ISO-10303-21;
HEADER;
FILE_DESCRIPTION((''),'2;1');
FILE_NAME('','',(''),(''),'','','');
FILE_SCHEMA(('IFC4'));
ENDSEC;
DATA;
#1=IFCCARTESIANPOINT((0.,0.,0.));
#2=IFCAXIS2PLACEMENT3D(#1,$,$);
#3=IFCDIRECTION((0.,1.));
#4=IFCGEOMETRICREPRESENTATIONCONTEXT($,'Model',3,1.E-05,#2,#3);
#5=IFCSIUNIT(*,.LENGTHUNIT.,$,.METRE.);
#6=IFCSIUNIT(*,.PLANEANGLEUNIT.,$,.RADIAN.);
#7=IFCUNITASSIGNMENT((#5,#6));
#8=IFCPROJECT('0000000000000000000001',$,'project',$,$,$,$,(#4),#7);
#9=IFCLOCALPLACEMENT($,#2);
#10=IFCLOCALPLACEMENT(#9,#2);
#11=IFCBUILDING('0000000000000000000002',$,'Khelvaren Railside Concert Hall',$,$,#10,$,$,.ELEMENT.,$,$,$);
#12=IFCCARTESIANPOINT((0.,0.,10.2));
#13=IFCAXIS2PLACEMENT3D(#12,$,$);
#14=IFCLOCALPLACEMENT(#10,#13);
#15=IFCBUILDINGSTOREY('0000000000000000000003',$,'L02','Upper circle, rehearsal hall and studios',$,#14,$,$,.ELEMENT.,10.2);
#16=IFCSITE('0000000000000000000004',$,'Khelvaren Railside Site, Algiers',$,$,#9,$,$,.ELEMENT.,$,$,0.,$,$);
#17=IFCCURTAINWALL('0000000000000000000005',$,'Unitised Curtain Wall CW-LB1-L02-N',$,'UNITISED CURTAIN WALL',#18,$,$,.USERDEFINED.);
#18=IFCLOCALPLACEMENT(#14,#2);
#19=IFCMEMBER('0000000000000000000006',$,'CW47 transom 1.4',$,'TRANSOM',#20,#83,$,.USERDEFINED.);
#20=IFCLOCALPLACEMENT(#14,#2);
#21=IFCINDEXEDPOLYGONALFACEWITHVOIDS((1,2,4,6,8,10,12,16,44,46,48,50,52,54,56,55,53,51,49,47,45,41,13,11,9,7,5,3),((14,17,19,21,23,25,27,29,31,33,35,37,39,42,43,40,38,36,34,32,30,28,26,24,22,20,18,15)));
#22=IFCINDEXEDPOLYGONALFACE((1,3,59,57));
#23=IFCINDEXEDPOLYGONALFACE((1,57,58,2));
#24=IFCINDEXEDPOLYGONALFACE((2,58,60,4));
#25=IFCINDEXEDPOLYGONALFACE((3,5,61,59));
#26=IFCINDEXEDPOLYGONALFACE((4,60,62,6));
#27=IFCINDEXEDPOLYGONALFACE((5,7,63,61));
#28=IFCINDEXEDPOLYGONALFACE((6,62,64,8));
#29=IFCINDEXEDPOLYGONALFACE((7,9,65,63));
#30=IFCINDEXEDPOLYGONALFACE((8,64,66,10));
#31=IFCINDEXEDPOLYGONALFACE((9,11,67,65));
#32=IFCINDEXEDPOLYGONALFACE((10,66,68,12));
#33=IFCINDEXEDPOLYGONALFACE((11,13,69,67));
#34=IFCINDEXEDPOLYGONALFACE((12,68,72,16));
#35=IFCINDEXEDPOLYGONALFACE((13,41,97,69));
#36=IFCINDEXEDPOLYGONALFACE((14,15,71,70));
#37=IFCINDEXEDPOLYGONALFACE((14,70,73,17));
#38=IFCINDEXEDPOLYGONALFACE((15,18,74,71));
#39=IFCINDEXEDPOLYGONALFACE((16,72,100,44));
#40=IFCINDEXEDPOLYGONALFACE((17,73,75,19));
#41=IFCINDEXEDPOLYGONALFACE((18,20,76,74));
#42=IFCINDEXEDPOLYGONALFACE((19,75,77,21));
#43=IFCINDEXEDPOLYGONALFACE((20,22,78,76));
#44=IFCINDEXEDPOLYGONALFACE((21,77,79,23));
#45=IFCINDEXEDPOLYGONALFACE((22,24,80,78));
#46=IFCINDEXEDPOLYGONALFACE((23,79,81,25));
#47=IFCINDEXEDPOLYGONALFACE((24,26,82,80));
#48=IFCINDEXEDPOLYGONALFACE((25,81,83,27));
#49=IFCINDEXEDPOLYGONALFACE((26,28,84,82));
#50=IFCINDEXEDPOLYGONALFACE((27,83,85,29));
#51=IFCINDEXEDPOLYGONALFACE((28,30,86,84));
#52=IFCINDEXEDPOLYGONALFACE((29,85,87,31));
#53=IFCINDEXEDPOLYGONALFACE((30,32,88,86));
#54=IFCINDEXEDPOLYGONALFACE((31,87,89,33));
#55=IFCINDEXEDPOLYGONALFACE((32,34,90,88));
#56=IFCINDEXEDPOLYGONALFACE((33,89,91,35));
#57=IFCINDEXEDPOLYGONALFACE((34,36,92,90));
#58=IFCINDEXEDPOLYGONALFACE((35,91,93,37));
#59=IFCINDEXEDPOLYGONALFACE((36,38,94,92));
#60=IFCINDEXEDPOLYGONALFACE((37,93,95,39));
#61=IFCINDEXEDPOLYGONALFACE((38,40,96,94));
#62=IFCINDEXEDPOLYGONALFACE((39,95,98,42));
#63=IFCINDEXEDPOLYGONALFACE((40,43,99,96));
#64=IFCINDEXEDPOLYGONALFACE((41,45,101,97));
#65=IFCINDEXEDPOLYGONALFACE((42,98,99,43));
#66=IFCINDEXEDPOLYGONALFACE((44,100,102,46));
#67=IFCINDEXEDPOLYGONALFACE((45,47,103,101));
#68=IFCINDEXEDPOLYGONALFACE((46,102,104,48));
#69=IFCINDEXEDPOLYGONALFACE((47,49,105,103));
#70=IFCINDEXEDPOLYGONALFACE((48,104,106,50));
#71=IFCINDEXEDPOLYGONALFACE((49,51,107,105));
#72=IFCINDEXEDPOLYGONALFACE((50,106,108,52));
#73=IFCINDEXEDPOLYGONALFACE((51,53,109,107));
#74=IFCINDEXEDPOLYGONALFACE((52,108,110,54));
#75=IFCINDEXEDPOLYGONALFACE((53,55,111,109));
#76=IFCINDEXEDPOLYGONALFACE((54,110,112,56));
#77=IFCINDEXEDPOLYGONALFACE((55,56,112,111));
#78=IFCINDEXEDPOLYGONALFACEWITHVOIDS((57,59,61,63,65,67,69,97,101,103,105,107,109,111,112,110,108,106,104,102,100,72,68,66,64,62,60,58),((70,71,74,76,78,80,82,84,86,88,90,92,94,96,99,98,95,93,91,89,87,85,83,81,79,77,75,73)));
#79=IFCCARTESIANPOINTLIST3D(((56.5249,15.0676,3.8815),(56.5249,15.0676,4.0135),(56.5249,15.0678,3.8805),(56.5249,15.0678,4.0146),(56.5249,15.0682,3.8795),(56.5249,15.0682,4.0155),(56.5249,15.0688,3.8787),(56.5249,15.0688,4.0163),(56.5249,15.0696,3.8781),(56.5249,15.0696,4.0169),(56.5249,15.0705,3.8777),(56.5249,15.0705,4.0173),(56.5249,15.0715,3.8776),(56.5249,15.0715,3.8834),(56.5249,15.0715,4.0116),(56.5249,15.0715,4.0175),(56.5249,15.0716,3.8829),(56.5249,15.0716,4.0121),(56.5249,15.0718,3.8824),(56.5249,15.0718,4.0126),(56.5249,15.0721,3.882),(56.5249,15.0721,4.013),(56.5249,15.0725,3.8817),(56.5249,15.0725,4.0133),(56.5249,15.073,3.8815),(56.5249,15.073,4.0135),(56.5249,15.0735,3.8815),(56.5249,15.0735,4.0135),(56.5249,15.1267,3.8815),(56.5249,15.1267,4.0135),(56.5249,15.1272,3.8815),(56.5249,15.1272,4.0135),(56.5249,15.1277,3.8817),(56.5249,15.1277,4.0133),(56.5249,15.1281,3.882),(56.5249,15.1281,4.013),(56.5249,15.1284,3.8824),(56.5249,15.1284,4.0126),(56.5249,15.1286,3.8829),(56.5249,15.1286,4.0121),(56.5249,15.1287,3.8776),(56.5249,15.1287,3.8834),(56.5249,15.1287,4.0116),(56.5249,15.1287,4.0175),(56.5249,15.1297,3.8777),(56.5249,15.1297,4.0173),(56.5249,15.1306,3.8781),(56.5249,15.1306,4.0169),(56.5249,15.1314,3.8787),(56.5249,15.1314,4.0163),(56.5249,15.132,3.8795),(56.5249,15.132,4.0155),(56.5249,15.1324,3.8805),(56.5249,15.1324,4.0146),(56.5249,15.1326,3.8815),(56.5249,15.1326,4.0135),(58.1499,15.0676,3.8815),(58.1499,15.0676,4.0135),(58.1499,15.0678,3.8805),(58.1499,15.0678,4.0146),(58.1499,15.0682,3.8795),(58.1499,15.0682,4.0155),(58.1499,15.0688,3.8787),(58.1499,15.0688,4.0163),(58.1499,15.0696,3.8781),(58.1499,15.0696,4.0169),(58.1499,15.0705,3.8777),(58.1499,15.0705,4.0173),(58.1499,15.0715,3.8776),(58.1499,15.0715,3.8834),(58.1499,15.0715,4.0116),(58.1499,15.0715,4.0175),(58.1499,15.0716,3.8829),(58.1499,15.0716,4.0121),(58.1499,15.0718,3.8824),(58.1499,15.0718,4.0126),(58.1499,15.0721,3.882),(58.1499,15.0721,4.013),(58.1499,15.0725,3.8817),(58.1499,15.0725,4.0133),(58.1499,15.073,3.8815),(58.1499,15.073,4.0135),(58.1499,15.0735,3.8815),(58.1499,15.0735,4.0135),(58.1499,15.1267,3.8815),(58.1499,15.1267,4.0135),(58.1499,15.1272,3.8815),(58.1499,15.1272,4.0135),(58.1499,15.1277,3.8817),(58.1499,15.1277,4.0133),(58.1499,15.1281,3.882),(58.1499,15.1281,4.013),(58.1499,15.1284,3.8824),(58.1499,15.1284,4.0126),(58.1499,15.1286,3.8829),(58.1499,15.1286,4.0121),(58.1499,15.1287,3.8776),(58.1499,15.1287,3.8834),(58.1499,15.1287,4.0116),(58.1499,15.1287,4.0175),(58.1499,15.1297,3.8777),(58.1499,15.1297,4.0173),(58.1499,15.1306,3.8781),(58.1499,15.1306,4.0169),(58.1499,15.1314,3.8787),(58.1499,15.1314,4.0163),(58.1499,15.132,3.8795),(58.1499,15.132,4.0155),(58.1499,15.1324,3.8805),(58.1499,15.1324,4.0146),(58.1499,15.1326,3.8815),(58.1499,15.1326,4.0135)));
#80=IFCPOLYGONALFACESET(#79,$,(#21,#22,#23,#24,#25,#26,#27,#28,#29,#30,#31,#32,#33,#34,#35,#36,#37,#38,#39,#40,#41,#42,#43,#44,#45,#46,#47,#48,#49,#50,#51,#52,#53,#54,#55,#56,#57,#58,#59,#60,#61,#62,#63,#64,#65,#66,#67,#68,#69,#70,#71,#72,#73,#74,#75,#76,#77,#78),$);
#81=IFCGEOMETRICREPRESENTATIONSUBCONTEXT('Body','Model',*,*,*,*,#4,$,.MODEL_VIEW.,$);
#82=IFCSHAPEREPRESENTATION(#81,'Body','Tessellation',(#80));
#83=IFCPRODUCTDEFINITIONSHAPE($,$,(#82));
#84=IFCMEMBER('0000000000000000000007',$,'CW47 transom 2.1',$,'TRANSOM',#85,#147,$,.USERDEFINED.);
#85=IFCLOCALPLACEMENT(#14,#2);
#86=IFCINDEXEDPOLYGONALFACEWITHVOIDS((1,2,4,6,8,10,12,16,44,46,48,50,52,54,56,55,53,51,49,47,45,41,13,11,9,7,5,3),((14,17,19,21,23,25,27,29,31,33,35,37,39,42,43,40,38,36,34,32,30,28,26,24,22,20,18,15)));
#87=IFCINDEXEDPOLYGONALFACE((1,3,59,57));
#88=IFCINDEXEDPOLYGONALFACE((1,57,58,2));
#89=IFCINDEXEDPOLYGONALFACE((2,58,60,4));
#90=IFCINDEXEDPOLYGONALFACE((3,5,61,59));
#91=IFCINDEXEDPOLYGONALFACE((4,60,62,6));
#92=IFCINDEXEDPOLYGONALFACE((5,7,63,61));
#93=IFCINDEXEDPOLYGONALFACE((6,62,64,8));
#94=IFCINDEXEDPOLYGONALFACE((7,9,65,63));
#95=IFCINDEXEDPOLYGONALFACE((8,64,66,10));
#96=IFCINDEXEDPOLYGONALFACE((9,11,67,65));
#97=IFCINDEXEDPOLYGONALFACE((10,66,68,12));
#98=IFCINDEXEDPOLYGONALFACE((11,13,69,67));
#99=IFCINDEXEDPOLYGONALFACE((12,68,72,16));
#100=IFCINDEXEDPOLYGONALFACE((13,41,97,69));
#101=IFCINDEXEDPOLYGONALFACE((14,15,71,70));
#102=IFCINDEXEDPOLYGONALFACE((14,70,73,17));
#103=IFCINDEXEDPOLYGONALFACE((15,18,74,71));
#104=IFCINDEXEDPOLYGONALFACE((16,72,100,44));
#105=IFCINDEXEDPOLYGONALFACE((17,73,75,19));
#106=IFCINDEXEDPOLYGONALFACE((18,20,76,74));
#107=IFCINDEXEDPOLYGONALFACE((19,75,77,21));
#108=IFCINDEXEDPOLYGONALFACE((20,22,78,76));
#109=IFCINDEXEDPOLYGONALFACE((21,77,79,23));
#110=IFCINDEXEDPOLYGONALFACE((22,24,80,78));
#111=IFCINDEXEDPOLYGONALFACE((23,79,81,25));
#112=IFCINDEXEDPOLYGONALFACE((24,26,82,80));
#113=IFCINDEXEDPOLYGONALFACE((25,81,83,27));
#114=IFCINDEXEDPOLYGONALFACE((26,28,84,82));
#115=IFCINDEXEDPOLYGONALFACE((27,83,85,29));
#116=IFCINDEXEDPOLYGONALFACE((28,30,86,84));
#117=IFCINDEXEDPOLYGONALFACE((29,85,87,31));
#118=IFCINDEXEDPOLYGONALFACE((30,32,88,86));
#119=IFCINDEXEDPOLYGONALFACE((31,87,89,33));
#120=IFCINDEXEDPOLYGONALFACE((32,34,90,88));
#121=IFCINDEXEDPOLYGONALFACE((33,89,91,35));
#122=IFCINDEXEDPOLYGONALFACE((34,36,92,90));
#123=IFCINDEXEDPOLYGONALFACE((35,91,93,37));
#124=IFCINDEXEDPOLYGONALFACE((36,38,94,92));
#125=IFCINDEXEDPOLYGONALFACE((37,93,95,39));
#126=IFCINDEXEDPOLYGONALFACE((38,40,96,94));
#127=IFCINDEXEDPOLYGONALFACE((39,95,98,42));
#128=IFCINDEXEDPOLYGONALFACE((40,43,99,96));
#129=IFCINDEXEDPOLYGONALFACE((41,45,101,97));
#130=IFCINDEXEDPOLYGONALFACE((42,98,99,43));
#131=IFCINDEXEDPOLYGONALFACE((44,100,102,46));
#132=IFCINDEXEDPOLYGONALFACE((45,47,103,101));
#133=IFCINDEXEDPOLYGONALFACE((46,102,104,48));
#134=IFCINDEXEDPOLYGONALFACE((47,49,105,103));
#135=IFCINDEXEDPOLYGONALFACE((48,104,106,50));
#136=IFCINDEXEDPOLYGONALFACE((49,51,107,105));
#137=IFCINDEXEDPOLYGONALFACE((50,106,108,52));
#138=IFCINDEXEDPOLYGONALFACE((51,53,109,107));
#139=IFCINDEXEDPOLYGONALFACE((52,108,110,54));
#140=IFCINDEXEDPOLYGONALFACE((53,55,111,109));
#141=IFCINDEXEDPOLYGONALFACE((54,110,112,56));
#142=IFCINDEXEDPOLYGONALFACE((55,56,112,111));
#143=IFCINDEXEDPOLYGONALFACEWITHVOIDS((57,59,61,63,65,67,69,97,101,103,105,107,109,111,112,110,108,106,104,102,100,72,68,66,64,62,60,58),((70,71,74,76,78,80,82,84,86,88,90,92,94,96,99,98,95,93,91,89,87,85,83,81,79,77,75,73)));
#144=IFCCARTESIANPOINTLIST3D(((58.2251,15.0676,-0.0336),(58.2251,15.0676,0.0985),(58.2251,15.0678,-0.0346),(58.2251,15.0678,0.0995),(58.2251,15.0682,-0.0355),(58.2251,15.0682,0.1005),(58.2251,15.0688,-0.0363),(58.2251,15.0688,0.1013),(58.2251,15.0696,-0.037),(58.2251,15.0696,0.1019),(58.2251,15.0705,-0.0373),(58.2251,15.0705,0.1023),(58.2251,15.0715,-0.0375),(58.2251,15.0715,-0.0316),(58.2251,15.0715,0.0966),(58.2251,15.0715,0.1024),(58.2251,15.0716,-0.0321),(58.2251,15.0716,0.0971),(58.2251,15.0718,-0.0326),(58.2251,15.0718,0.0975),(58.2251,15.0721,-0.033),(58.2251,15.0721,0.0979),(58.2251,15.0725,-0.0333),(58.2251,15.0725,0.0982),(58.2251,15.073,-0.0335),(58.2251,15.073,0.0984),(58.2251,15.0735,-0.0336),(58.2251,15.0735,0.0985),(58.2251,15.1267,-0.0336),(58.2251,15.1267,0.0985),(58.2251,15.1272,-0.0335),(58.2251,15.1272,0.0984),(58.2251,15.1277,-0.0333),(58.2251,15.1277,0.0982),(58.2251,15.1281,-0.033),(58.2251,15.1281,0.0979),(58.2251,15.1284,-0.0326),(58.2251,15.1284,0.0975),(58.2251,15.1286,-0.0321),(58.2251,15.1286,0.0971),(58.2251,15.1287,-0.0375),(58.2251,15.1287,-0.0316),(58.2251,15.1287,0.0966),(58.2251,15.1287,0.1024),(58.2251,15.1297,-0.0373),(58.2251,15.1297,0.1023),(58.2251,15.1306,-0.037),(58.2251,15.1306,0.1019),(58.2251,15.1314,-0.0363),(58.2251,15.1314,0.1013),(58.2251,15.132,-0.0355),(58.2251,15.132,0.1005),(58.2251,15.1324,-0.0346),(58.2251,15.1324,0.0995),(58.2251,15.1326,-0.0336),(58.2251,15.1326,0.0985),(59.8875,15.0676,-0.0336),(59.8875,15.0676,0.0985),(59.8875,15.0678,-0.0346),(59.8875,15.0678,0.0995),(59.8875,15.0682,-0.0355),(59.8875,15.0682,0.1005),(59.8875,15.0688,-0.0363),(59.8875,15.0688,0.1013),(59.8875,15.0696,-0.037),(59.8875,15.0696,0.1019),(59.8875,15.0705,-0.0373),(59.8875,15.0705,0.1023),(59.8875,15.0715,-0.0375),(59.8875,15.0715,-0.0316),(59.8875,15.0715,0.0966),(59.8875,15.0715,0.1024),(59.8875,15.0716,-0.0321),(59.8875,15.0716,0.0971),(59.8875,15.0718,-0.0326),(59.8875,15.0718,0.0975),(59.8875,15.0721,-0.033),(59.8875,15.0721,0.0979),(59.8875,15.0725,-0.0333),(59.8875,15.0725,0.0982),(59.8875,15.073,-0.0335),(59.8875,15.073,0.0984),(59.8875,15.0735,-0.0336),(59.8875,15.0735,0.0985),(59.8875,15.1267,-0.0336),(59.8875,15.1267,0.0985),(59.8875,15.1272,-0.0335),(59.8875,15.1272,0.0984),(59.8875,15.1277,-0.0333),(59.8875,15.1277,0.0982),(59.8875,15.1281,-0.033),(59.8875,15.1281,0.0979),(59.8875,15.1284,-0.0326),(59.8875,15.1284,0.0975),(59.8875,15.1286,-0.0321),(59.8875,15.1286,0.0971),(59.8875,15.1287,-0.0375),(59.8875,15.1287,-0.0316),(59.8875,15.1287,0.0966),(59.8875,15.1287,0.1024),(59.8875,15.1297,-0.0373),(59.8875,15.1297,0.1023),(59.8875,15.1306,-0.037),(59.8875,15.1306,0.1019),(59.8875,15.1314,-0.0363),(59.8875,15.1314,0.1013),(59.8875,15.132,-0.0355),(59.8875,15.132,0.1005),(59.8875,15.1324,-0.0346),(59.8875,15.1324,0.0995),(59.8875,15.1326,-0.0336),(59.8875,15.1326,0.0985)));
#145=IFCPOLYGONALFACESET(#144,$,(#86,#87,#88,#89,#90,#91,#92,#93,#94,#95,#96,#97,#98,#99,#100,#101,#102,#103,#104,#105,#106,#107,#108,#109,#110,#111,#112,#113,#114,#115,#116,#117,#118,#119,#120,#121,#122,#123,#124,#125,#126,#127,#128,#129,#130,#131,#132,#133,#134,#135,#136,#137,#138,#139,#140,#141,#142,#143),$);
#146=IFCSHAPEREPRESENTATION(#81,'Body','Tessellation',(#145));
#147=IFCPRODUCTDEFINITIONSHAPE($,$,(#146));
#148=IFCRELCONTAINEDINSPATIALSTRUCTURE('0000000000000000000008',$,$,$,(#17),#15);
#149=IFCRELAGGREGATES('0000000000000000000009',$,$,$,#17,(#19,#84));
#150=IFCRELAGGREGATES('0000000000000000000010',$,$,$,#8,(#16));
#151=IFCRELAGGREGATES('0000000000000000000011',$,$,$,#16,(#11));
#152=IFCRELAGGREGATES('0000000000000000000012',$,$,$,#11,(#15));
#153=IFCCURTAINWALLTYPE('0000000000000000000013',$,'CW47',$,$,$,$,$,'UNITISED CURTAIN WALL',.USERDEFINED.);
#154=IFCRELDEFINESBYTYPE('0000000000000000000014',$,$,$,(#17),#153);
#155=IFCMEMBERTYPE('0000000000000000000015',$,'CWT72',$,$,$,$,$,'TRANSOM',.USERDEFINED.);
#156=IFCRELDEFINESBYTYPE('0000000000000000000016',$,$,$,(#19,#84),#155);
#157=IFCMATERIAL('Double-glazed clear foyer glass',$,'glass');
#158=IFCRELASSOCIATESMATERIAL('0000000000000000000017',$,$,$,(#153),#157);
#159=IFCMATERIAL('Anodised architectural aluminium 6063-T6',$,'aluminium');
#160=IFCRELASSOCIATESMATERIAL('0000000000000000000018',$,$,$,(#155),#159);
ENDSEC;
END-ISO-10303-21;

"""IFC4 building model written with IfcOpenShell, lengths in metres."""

from ifc_helpers import new_model, si_unit, direction, frame, origin, origin_2d, place, context, subcontext, project, spatial, hollow_rectangle, extrude, material, material_profile, profile_set, type_object, element, aggregate, save


model = new_model("IFC4")

# Units and contexts
model_context = context("Model", 3, precision=1e-05, world=origin(), true_north=direction((0.0, 1.0)))
body_context = subcontext(model_context, "Body", "Model", "MODEL_VIEW")
ifc_project = project(units=[si_unit("LENGTHUNIT", "METRE"), si_unit("PLANEANGLEUNIT", "RADIAN")], contexts=[model_context])

# Site, building, storey
site_placement = place(None, origin())
site = spatial("IfcSite", under=ifc_project, at=site_placement, Name="Khelvaren Railside Site, Algiers", CompositionType="ELEMENT", RefElevation=0.0)
building_placement = place(site_placement, origin())
building = spatial("IfcBuilding", under=site, at=building_placement, Name="Khelvaren Railside Concert Hall", CompositionType="ELEMENT")
storey_placement = place(building_placement, frame((0.0, 0.0, 10.2)))
storey = spatial("IfcBuildingStorey", under=building, at=storey_placement, Name="L02", Description="Upper circle, rehearsal hall and studios", CompositionType="ELEMENT", Elevation=10.2)

# Shared definitions
ifc_material_1 = material(Name="Double-glazed clear foyer glass", Category="glass")
ifc_material_2 = material(Name="Anodised architectural aluminium 6063-T6", Category="aluminium")

# Curtain wall
curtain_wall_type_1 = type_object("IfcCurtainWallType", Name="CW47", ElementType="UNITISED CURTAIN WALL", PredefinedType="USERDEFINED", material=ifc_material_1)
curtain_wall_1_placement = place(storey_placement, origin())
curtain_wall_1 = element("IfcCurtainWall", 1, at=curtain_wall_1_placement, inside=storey, type_object=curtain_wall_type_1, Name="Unitised Curtain Wall CW-LB1-L02-N", ObjectType="UNITISED CURTAIN WALL", PredefinedType="USERDEFINED")

# Members
ifc_material_profile_1 = material_profile(ifc_material_2, hollow_rectangle(XDim=0.0649, YDim=0.1399, WallThickness=0.0039, InnerFilletRadius=0.002, OuterFilletRadius=0.0039, at=origin_2d()), Name="CWT 65x140x4")
ifc_profile_set_1 = profile_set([ifc_material_profile_1], Name="Anodised architectural aluminium 6063-T6")
member_type_1 = type_object("IfcMemberType", Name="CWT72", ElementType="TRANSOM", PredefinedType="USERDEFINED", material=ifc_profile_set_1)
member_1_placement = place(storey_placement, frame((56.5249, 15.1001, 3.9475), z_axis=(1.0, 0.0, 0.0), x_axis=(0.0, 1.0, 0.0)))
member_1 = element("IfcMember", 2, at=member_1_placement, type_object=member_type_1, Name="CW47 transom 1.4", ObjectType="TRANSOM", PredefinedType="USERDEFINED", context=body_context, shape_type="SweptSolid", body=[
    extrude(hollow_rectangle(XDim=0.0649, YDim=0.1399, WallThickness=0.0039, InnerFilletRadius=0.002, OuterFilletRadius=0.0039, at=origin_2d()), origin(), (0.0, 0.0, 1.0), 1.625),
])
member_2_placement = place(storey_placement, frame((58.2251, 15.1001, 0.0325), z_axis=(1.0, 0.0, 0.0), x_axis=(0.0, 1.0, 0.0)))
member_2 = element("IfcMember", 3, at=member_2_placement, type_object=member_type_1, Name="CW47 transom 2.1", ObjectType="TRANSOM", PredefinedType="USERDEFINED", context=body_context, shape_type="SweptSolid", body=[
    extrude(hollow_rectangle(XDim=0.0649, YDim=0.1399, WallThickness=0.0039, InnerFilletRadius=0.002, OuterFilletRadius=0.0039, at=origin_2d()), origin(), (0.0, 0.0, 1.0), 1.6624),
])

aggregate(curtain_wall_1, [member_1, member_2])

save(model, "model.ifc")
